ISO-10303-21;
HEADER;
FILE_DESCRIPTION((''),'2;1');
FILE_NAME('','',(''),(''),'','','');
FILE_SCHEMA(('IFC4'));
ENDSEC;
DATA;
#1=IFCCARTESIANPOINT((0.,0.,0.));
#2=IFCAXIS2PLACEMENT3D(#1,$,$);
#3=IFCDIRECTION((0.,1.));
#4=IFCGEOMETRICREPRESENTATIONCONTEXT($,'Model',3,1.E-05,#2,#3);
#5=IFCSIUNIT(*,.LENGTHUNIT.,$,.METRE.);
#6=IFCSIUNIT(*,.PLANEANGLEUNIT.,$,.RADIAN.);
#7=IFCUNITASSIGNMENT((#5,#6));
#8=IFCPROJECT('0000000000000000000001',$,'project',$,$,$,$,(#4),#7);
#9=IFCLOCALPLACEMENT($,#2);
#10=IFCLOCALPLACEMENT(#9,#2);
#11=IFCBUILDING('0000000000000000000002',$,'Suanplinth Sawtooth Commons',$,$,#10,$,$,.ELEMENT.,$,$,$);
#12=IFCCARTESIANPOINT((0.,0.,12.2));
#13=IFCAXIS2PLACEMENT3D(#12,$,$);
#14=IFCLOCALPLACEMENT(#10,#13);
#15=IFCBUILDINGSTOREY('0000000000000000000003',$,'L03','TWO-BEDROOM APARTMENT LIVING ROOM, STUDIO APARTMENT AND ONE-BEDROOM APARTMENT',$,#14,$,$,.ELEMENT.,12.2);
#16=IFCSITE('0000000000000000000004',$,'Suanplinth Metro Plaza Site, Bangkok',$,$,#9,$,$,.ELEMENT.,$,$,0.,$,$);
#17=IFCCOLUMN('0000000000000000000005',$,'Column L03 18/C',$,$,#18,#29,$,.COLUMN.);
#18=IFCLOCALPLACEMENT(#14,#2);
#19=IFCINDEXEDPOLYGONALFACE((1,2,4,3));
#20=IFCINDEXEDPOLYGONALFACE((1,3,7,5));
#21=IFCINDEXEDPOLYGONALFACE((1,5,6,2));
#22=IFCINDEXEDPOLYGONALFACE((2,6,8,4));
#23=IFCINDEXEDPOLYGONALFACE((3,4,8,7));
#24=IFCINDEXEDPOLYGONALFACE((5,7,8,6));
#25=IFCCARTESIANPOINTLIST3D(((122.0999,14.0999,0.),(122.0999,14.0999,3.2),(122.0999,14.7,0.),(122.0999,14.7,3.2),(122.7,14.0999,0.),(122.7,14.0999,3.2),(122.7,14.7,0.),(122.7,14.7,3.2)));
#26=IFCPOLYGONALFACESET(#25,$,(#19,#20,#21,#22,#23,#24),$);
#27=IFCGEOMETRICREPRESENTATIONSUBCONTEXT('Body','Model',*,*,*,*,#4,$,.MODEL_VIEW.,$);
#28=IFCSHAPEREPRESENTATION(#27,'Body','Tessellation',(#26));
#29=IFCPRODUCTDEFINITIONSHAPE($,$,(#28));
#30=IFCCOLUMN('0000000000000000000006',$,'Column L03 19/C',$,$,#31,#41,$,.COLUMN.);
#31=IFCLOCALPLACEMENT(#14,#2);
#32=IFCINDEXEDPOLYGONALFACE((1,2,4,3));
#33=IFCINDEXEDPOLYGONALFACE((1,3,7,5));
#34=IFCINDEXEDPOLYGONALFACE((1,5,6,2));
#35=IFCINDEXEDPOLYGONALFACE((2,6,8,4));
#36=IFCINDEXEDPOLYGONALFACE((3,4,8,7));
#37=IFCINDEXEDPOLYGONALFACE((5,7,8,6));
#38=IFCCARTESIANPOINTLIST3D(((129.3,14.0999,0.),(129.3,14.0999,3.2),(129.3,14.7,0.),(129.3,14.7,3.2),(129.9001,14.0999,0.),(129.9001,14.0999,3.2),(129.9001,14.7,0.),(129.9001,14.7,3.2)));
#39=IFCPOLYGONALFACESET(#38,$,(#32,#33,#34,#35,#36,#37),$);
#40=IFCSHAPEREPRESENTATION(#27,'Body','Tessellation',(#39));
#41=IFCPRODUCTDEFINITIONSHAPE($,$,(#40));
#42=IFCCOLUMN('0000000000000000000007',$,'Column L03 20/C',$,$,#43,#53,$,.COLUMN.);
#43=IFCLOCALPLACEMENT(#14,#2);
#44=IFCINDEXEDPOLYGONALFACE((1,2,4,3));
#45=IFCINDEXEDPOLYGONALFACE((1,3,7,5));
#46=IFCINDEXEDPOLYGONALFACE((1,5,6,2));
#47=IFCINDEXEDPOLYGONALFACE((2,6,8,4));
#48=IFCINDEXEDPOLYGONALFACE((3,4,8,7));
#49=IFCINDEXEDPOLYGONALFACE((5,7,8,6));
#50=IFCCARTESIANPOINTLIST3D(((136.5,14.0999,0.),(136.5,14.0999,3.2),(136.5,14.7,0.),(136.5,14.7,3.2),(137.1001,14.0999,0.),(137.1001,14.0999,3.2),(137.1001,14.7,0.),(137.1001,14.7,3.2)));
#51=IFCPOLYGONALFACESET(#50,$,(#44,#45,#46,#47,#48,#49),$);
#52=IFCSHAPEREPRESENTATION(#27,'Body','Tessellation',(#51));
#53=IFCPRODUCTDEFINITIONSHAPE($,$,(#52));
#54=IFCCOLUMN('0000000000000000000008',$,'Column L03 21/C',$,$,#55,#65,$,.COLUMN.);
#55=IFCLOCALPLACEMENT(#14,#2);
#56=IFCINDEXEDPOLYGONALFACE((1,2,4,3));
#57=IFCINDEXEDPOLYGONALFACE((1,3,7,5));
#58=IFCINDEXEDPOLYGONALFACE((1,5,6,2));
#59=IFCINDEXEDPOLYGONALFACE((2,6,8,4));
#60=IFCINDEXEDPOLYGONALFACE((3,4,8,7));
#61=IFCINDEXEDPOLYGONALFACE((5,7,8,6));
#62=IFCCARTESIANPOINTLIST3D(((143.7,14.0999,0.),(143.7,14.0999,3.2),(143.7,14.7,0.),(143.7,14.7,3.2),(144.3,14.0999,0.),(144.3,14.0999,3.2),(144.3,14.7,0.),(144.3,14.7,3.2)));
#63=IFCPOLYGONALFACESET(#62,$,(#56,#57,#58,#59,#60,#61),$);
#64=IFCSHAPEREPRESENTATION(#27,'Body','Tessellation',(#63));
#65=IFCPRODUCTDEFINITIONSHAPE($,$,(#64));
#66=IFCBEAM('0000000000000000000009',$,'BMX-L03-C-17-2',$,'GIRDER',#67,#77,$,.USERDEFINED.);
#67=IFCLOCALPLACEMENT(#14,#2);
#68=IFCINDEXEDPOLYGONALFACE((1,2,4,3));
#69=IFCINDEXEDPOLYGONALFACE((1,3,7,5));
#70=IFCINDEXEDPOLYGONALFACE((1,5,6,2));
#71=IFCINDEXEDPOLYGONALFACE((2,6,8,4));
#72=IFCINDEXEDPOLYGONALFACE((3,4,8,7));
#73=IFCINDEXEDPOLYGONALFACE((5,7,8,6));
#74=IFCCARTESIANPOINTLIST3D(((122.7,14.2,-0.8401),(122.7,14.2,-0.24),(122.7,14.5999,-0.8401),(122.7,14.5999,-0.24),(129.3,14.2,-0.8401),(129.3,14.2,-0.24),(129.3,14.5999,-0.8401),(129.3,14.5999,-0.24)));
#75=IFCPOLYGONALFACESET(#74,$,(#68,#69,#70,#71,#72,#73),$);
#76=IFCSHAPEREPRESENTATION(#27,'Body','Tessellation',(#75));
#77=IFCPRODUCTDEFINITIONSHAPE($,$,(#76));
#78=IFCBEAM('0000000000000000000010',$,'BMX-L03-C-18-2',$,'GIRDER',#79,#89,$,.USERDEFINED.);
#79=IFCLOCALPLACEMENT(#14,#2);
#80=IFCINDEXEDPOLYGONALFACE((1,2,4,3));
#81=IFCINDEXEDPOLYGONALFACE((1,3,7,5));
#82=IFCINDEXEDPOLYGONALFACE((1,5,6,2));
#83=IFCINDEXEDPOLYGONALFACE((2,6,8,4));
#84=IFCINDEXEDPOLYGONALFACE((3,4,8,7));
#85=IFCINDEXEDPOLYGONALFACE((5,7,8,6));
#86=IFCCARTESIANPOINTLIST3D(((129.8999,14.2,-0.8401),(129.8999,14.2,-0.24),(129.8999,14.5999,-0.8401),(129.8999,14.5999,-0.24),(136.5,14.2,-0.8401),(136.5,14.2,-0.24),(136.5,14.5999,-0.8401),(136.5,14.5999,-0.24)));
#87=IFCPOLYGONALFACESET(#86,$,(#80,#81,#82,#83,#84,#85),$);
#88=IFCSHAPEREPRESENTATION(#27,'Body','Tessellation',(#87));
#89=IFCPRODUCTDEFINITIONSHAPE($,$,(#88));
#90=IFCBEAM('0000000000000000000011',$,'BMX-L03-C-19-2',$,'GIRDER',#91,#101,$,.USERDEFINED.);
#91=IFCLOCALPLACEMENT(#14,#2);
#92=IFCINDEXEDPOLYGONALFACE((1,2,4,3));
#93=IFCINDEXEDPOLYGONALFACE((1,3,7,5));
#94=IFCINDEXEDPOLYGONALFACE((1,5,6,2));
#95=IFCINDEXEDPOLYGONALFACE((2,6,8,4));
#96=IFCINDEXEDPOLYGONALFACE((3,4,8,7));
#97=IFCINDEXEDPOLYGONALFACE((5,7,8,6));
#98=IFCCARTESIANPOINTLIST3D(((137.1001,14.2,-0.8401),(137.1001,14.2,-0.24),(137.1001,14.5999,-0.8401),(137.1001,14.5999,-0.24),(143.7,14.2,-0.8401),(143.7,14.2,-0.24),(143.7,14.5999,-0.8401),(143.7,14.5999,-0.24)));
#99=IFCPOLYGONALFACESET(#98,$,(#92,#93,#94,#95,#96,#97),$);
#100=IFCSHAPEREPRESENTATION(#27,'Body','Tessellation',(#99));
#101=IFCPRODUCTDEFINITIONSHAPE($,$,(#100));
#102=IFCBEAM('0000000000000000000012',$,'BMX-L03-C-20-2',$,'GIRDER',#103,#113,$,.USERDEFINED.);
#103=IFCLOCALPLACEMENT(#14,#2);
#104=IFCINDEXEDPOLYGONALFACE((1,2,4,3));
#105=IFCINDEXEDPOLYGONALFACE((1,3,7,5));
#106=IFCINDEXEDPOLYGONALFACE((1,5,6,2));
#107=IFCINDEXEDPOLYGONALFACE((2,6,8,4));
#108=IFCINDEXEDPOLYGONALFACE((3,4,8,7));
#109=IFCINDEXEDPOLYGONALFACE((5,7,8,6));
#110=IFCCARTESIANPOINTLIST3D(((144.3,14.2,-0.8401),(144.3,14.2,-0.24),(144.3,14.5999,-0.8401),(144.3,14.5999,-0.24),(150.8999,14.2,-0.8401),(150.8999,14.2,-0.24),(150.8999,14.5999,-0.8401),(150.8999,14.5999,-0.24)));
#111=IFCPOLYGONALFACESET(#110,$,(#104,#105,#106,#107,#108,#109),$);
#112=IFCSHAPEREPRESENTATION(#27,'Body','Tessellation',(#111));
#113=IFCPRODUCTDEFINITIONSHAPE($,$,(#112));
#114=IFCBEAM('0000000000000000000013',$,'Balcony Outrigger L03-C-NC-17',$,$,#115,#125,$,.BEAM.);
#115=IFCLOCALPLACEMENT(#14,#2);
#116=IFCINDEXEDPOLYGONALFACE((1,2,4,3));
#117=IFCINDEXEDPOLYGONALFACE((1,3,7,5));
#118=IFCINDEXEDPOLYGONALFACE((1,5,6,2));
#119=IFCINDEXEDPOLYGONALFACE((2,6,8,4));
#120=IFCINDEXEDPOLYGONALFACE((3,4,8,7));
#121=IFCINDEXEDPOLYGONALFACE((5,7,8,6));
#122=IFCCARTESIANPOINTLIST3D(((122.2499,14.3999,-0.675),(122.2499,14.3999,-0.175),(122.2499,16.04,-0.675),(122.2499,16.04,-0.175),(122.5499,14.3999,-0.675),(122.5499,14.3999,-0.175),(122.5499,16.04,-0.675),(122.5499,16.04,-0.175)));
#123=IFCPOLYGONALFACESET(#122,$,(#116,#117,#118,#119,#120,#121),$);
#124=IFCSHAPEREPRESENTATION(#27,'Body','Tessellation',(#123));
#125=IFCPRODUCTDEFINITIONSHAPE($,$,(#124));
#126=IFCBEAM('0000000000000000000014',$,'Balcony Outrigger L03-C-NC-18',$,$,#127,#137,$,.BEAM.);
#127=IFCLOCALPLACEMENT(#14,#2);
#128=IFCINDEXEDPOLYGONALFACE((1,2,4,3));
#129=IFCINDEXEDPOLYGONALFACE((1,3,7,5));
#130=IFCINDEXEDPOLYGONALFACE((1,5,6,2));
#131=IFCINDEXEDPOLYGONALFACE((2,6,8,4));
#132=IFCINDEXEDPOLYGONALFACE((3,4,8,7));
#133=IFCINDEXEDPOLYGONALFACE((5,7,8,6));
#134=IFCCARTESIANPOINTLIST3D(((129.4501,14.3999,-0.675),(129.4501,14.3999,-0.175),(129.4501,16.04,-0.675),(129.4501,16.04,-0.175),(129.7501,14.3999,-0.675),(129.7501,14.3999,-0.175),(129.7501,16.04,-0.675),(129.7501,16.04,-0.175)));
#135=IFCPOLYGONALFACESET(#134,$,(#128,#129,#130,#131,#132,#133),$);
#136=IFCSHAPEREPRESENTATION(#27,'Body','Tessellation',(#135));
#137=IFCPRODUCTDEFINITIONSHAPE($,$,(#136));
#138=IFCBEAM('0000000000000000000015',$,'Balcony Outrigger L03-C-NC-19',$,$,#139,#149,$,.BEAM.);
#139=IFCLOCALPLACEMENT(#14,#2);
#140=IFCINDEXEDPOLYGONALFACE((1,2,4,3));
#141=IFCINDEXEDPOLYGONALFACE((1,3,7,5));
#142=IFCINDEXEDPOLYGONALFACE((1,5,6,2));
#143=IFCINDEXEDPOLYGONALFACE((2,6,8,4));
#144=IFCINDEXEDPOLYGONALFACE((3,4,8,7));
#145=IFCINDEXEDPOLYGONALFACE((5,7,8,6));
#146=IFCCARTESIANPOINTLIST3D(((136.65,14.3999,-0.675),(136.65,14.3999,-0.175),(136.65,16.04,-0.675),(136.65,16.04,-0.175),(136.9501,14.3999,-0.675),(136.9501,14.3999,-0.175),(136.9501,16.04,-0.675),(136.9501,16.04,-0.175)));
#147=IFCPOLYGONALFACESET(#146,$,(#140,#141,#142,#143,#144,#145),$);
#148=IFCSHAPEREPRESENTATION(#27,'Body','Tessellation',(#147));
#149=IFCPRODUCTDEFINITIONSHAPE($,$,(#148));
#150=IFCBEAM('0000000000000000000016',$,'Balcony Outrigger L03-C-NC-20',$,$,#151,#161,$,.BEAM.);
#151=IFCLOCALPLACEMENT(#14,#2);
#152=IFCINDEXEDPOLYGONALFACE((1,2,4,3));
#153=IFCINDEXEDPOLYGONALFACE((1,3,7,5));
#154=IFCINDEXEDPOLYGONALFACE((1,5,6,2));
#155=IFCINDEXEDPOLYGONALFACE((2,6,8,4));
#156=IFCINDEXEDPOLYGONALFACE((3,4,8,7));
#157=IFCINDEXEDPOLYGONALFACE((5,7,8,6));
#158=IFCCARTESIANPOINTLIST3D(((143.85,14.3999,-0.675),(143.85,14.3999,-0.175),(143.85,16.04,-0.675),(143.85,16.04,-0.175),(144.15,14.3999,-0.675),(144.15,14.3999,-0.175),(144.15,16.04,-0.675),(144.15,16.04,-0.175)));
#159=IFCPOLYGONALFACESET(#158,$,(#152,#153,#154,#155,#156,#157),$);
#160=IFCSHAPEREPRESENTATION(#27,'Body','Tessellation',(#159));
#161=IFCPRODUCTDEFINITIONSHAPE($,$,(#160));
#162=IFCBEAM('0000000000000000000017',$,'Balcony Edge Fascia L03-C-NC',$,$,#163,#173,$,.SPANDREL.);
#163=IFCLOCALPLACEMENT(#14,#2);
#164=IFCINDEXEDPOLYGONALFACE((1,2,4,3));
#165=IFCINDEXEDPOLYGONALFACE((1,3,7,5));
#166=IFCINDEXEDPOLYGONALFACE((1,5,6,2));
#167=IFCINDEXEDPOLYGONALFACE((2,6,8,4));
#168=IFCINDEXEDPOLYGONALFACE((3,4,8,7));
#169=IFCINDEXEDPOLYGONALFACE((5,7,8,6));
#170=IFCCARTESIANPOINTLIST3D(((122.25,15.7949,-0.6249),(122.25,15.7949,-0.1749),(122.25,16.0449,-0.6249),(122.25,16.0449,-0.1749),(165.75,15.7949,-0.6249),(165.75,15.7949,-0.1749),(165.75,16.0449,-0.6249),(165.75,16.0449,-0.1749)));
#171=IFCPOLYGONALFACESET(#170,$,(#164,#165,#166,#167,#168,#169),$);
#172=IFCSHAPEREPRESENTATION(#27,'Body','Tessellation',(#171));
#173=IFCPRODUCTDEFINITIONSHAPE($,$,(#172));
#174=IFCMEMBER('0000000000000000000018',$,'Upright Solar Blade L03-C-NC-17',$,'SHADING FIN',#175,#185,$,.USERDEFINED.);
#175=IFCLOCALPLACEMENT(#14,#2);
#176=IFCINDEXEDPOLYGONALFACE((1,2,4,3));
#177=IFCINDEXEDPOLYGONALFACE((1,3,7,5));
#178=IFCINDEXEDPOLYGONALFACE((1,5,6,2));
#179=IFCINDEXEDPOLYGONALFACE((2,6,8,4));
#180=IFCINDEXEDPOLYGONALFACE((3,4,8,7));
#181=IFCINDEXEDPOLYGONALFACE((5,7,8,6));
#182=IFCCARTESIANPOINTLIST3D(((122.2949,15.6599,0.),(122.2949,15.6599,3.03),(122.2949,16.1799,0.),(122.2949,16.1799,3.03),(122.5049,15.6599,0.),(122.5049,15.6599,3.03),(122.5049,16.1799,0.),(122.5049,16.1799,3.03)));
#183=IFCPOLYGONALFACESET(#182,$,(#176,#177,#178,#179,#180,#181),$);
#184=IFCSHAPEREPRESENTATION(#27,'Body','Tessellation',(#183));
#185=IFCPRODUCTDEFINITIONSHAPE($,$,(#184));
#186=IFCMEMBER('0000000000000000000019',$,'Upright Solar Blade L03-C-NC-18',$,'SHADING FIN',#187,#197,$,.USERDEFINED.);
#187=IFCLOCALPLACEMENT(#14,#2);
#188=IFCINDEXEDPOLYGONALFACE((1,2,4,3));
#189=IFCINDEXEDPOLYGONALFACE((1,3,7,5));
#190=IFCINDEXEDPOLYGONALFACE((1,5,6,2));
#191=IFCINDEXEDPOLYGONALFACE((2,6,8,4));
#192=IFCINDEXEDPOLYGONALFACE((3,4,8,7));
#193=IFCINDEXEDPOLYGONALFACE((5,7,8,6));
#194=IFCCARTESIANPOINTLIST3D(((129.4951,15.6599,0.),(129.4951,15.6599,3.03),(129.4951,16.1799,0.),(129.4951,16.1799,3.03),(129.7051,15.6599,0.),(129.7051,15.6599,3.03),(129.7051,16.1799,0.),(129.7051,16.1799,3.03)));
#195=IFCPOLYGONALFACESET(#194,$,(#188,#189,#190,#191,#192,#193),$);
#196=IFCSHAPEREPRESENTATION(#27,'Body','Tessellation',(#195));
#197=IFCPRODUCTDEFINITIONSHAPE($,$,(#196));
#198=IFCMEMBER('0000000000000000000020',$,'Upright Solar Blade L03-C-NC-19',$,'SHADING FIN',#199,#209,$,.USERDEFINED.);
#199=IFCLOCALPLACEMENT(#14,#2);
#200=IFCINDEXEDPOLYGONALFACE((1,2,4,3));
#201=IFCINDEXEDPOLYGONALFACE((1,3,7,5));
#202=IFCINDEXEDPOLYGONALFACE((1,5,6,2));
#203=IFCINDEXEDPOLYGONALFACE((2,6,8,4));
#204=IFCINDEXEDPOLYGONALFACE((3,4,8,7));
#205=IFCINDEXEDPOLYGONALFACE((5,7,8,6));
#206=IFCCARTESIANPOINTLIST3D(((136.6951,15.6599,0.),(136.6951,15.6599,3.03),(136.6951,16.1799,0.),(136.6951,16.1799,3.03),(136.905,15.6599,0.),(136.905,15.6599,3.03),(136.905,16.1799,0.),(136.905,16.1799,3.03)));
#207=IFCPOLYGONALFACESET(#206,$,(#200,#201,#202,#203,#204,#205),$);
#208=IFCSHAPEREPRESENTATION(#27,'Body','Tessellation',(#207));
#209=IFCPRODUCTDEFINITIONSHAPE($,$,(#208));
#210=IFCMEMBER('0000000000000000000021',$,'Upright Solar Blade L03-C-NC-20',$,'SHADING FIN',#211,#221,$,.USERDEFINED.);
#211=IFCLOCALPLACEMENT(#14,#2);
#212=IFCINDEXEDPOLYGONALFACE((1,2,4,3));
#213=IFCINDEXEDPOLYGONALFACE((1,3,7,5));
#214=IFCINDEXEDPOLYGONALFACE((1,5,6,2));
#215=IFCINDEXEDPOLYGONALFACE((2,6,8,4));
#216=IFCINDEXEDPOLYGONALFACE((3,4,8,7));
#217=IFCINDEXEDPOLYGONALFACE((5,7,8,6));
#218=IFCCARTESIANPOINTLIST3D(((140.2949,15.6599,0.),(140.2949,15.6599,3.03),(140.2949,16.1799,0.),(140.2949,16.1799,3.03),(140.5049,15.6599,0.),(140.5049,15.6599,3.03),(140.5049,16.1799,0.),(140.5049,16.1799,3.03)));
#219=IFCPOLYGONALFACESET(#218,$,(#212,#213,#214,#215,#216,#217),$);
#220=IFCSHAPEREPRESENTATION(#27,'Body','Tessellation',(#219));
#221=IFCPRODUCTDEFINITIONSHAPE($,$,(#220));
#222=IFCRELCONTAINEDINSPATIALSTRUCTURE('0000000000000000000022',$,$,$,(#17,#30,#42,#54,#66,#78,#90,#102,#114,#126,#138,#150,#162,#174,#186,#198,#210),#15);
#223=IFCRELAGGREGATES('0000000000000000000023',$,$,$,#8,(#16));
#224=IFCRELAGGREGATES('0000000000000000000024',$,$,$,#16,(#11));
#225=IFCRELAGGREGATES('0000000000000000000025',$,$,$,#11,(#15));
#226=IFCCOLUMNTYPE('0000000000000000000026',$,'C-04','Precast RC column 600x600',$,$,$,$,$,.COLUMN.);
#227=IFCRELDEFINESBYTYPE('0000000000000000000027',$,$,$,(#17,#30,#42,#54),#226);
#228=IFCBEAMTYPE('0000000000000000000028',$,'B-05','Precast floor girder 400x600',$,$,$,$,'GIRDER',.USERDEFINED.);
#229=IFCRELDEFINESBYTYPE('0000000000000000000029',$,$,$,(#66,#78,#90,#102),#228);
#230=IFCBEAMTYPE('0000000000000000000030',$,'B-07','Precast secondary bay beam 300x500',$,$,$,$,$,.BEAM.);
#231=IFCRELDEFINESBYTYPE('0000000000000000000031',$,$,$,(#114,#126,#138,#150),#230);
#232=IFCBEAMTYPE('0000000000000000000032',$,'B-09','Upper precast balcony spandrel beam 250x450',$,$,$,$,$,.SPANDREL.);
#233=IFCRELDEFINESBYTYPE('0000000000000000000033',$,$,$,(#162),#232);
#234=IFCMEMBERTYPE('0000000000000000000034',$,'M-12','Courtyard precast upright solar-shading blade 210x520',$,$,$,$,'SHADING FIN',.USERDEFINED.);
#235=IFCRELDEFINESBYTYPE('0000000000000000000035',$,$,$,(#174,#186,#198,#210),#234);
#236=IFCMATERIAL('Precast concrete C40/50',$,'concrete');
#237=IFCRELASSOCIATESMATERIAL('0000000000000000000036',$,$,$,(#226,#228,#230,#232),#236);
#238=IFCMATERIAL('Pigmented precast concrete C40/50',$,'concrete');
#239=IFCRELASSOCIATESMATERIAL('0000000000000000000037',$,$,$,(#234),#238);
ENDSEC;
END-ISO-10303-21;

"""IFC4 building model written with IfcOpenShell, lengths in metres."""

from ifc_helpers import new_model, si_unit, direction, frame, origin, origin_2d, place, context, subcontext, project, spatial, rectangle, extrude, material, material_profile, profile_set, type_object, element, save


model = new_model("IFC4")

# Units and contexts
model_context = context("Model", 3, precision=1e-05, world=origin(), true_north=direction((0.0, 1.0)))
body_context = subcontext(model_context, "Body", "Model", "MODEL_VIEW")
ifc_project = project(units=[si_unit("LENGTHUNIT", "METRE"), si_unit("PLANEANGLEUNIT", "RADIAN")], contexts=[model_context])

# Site, building, storey
site_placement = place(None, origin())
site = spatial("IfcSite", under=ifc_project, at=site_placement, Name="Suanplinth Metro Plaza Site, Bangkok", CompositionType="ELEMENT", RefElevation=0.0)
building_placement = place(site_placement, origin())
building = spatial("IfcBuilding", under=site, at=building_placement, Name="Suanplinth Sawtooth Commons", CompositionType="ELEMENT")
storey_placement = place(building_placement, frame((0.0, 0.0, 12.2)))
storey = spatial("IfcBuildingStorey", under=building, at=storey_placement, Name="L03", Description="TWO-BEDROOM APARTMENT LIVING ROOM, STUDIO APARTMENT AND ONE-BEDROOM APARTMENT", CompositionType="ELEMENT", Elevation=12.2)

# Columns
ifc_material_1 = material(Name="Precast concrete C40/50", Category="concrete")
ifc_material_profile_1 = material_profile(ifc_material_1, rectangle(XDim=0.6001, YDim=0.6001, at=origin_2d()), Name="PC-COL 600x600")
ifc_profile_set_1 = profile_set([ifc_material_profile_1], Name="Precast concrete C40/50")
column_type = type_object("IfcColumnType", Name="C-04", Description="Precast RC column 600x600", PredefinedType="COLUMN", material=ifc_profile_set_1)
for number, where, z_axis, x_axis, name in (
    (1, (122.3999, 14.3999, 0.0), (0.0, 0.0, 1.0), (1.0, 0.0, 0.0), "Column L03 18/C"),
    (2, (129.6001, 14.3999, 0.0), (0.0, 0.0, 1.0), (1.0, 0.0, 0.0), "Column L03 19/C"),
    (3, (136.8, 14.3999, 0.0), (0.0, 0.0, 1.0), (1.0, 0.0, 0.0), "Column L03 20/C"),
    (4, (144.0, 14.3999, 0.0), (0.0, 0.0, 1.0), (1.0, 0.0, 0.0), "Column L03 21/C"),
):
    element("IfcColumn", number, at=place(storey_placement, frame(where, z_axis=z_axis, x_axis=x_axis)), inside=storey, type_object=column_type, Name=name, PredefinedType="COLUMN", context=body_context, shape_type="SweptSolid", body=[
        extrude(rectangle(XDim=0.6001, YDim=0.6001, at=origin_2d()), origin(), (0.0, 0.0, 1.0), 3.2),
    ])

# Beams
ifc_material_profile_2 = material_profile(ifc_material_1, rectangle(XDim=0.3999, YDim=0.6001, at=origin_2d()), Name="PC-GDR 400x600")
ifc_profile_set_2 = profile_set([ifc_material_profile_2], Name="Precast concrete C40/50")
beam_type_1 = type_object("IfcBeamType", Name="B-05", Description="Precast floor girder 400x600", ElementType="GIRDER", PredefinedType="USERDEFINED", material=ifc_profile_set_2)
for number, where, z_axis, x_axis, name in (
    (5, (122.7, 14.3999, -0.54), (1.0, 0.0, 0.0), (0.0, 1.0, 0.0), "BMX-L03-C-17-2"),
    (6, (129.8999, 14.3999, -0.54), (1.0, 0.0, 0.0), (0.0, 1.0, 0.0), "BMX-L03-C-18-2"),
):
    element("IfcBeam", number, at=place(storey_placement, frame(where, z_axis=z_axis, x_axis=x_axis)), inside=storey, type_object=beam_type_1, Name=name, ObjectType="GIRDER", PredefinedType="USERDEFINED", context=body_context, shape_type="SweptSolid", body=[
        extrude(rectangle(XDim=0.3999, YDim=0.6001, at=origin_2d()), origin(), (0.0, 0.0, 1.0), 6.6001),
    ])
for number, where, z_axis, x_axis, name in (
    (7, (137.1001, 14.3999, -0.54), (1.0, 0.0, 0.0), (0.0, 1.0, 0.0), "BMX-L03-C-19-2"),
    (8, (144.3, 14.3999, -0.54), (1.0, 0.0, 0.0), (0.0, 1.0, 0.0), "BMX-L03-C-20-2"),
):
    element("IfcBeam", number, at=place(storey_placement, frame(where, z_axis=z_axis, x_axis=x_axis)), inside=storey, type_object=beam_type_1, Name=name, ObjectType="GIRDER", PredefinedType="USERDEFINED", context=body_context, shape_type="SweptSolid", body=[
        extrude(rectangle(XDim=0.3999, YDim=0.6001, at=origin_2d()), origin(), (0.0, 0.0, 1.0), 6.5999),
    ])
ifc_material_profile_3 = material_profile(ifc_material_1, rectangle(XDim=0.3, YDim=0.5, at=origin_2d()), Name="PC-BM 300x500")
ifc_profile_set_3 = profile_set([ifc_material_profile_3], Name="Precast concrete C40/50")
beam_type_2 = type_object("IfcBeamType", Name="B-07", Description="Precast secondary bay beam 300x500", PredefinedType="BEAM", material=ifc_profile_set_3)
for number, where, z_axis, x_axis, name in (
    (9, (122.3999, 14.3999, -0.425), (0.0, 1.0, 0.0), (-1.0, 0.0, 0.0), "Balcony Outrigger L03-C-NC-17"),
    (10, (129.6001, 14.3999, -0.425), (0.0, 1.0, 0.0), (-1.0, 0.0, 0.0), "Balcony Outrigger L03-C-NC-18"),
    (11, (136.8, 14.3999, -0.425), (0.0, 1.0, 0.0), (-1.0, 0.0, 0.0), "Balcony Outrigger L03-C-NC-19"),
    (12, (144.0, 14.3999, -0.425), (0.0, 1.0, 0.0), (-1.0, 0.0, 0.0), "Balcony Outrigger L03-C-NC-20"),
):
    element("IfcBeam", number, at=place(storey_placement, frame(where, z_axis=z_axis, x_axis=x_axis)), inside=storey, type_object=beam_type_2, Name=name, PredefinedType="BEAM", context=body_context, shape_type="SweptSolid", body=[
        extrude(rectangle(XDim=0.3, YDim=0.5, at=origin_2d()), origin(), (0.0, 0.0, 1.0), 1.6401),
    ])
ifc_material_profile_4 = material_profile(ifc_material_1, rectangle(XDim=0.25, YDim=0.45, at=origin_2d()), Name="PC-SP 250x450")
ifc_profile_set_4 = profile_set([ifc_material_profile_4], Name="Precast concrete C40/50")
beam_type_3 = type_object("IfcBeamType", Name="B-09", Description="Upper precast balcony spandrel beam 250x450", PredefinedType="SPANDREL", material=ifc_profile_set_4)
beam_placement = place(storey_placement, frame((122.25, 15.9199, -0.3999), z_axis=(1.0, 0.0, 0.0), x_axis=(0.0, 1.0, 0.0)))
element("IfcBeam", 13, at=beam_placement, inside=storey, type_object=beam_type_3, Name="Balcony Edge Fascia L03-C-NC", PredefinedType="SPANDREL", context=body_context, shape_type="SweptSolid", body=[
    extrude(rectangle(XDim=0.25, YDim=0.45, at=origin_2d()), origin(), (0.0, 0.0, 1.0), 43.5),
])

# Members
ifc_material_2 = material(Name="Pigmented precast concrete C40/50", Category="concrete")
ifc_material_profile_5 = material_profile(ifc_material_2, rectangle(XDim=0.21, YDim=0.52, at=origin_2d()), Name="PC-FIN 210x520")
ifc_profile_set_5 = profile_set([ifc_material_profile_5], Name="Pigmented precast concrete C40/50")
member_type = type_object("IfcMemberType", Name="M-12", Description="Courtyard precast upright solar-shading blade 210x520", ElementType="SHADING FIN", PredefinedType="USERDEFINED", material=ifc_profile_set_5)
for number, where, z_axis, x_axis, name in (
    (14, (122.3999, 15.9199, 0.0), (0.0, 0.0, 1.0), (1.0, 0.0, 0.0), "Upright Solar Blade L03-C-NC-17"),
    (15, (129.6001, 15.9199, 0.0), (0.0, 0.0, 1.0), (1.0, 0.0, 0.0), "Upright Solar Blade L03-C-NC-18"),
    (16, (136.8, 15.9199, 0.0), (0.0, 0.0, 1.0), (1.0, 0.0, 0.0), "Upright Solar Blade L03-C-NC-19"),
    (17, (140.3999, 15.9199, 0.0), (0.0, 0.0, 1.0), (1.0, 0.0, 0.0), "Upright Solar Blade L03-C-NC-20"),
):
    element("IfcMember", number, at=place(storey_placement, frame(where, z_axis=z_axis, x_axis=x_axis)), inside=storey, type_object=member_type, Name=name, ObjectType="SHADING FIN", PredefinedType="USERDEFINED", context=body_context, shape_type="SweptSolid", body=[
        extrude(rectangle(XDim=0.21, YDim=0.52, at=origin_2d()), origin(), (0.0, 0.0, 1.0), 3.03),
    ])

save(model, "model.ifc")
